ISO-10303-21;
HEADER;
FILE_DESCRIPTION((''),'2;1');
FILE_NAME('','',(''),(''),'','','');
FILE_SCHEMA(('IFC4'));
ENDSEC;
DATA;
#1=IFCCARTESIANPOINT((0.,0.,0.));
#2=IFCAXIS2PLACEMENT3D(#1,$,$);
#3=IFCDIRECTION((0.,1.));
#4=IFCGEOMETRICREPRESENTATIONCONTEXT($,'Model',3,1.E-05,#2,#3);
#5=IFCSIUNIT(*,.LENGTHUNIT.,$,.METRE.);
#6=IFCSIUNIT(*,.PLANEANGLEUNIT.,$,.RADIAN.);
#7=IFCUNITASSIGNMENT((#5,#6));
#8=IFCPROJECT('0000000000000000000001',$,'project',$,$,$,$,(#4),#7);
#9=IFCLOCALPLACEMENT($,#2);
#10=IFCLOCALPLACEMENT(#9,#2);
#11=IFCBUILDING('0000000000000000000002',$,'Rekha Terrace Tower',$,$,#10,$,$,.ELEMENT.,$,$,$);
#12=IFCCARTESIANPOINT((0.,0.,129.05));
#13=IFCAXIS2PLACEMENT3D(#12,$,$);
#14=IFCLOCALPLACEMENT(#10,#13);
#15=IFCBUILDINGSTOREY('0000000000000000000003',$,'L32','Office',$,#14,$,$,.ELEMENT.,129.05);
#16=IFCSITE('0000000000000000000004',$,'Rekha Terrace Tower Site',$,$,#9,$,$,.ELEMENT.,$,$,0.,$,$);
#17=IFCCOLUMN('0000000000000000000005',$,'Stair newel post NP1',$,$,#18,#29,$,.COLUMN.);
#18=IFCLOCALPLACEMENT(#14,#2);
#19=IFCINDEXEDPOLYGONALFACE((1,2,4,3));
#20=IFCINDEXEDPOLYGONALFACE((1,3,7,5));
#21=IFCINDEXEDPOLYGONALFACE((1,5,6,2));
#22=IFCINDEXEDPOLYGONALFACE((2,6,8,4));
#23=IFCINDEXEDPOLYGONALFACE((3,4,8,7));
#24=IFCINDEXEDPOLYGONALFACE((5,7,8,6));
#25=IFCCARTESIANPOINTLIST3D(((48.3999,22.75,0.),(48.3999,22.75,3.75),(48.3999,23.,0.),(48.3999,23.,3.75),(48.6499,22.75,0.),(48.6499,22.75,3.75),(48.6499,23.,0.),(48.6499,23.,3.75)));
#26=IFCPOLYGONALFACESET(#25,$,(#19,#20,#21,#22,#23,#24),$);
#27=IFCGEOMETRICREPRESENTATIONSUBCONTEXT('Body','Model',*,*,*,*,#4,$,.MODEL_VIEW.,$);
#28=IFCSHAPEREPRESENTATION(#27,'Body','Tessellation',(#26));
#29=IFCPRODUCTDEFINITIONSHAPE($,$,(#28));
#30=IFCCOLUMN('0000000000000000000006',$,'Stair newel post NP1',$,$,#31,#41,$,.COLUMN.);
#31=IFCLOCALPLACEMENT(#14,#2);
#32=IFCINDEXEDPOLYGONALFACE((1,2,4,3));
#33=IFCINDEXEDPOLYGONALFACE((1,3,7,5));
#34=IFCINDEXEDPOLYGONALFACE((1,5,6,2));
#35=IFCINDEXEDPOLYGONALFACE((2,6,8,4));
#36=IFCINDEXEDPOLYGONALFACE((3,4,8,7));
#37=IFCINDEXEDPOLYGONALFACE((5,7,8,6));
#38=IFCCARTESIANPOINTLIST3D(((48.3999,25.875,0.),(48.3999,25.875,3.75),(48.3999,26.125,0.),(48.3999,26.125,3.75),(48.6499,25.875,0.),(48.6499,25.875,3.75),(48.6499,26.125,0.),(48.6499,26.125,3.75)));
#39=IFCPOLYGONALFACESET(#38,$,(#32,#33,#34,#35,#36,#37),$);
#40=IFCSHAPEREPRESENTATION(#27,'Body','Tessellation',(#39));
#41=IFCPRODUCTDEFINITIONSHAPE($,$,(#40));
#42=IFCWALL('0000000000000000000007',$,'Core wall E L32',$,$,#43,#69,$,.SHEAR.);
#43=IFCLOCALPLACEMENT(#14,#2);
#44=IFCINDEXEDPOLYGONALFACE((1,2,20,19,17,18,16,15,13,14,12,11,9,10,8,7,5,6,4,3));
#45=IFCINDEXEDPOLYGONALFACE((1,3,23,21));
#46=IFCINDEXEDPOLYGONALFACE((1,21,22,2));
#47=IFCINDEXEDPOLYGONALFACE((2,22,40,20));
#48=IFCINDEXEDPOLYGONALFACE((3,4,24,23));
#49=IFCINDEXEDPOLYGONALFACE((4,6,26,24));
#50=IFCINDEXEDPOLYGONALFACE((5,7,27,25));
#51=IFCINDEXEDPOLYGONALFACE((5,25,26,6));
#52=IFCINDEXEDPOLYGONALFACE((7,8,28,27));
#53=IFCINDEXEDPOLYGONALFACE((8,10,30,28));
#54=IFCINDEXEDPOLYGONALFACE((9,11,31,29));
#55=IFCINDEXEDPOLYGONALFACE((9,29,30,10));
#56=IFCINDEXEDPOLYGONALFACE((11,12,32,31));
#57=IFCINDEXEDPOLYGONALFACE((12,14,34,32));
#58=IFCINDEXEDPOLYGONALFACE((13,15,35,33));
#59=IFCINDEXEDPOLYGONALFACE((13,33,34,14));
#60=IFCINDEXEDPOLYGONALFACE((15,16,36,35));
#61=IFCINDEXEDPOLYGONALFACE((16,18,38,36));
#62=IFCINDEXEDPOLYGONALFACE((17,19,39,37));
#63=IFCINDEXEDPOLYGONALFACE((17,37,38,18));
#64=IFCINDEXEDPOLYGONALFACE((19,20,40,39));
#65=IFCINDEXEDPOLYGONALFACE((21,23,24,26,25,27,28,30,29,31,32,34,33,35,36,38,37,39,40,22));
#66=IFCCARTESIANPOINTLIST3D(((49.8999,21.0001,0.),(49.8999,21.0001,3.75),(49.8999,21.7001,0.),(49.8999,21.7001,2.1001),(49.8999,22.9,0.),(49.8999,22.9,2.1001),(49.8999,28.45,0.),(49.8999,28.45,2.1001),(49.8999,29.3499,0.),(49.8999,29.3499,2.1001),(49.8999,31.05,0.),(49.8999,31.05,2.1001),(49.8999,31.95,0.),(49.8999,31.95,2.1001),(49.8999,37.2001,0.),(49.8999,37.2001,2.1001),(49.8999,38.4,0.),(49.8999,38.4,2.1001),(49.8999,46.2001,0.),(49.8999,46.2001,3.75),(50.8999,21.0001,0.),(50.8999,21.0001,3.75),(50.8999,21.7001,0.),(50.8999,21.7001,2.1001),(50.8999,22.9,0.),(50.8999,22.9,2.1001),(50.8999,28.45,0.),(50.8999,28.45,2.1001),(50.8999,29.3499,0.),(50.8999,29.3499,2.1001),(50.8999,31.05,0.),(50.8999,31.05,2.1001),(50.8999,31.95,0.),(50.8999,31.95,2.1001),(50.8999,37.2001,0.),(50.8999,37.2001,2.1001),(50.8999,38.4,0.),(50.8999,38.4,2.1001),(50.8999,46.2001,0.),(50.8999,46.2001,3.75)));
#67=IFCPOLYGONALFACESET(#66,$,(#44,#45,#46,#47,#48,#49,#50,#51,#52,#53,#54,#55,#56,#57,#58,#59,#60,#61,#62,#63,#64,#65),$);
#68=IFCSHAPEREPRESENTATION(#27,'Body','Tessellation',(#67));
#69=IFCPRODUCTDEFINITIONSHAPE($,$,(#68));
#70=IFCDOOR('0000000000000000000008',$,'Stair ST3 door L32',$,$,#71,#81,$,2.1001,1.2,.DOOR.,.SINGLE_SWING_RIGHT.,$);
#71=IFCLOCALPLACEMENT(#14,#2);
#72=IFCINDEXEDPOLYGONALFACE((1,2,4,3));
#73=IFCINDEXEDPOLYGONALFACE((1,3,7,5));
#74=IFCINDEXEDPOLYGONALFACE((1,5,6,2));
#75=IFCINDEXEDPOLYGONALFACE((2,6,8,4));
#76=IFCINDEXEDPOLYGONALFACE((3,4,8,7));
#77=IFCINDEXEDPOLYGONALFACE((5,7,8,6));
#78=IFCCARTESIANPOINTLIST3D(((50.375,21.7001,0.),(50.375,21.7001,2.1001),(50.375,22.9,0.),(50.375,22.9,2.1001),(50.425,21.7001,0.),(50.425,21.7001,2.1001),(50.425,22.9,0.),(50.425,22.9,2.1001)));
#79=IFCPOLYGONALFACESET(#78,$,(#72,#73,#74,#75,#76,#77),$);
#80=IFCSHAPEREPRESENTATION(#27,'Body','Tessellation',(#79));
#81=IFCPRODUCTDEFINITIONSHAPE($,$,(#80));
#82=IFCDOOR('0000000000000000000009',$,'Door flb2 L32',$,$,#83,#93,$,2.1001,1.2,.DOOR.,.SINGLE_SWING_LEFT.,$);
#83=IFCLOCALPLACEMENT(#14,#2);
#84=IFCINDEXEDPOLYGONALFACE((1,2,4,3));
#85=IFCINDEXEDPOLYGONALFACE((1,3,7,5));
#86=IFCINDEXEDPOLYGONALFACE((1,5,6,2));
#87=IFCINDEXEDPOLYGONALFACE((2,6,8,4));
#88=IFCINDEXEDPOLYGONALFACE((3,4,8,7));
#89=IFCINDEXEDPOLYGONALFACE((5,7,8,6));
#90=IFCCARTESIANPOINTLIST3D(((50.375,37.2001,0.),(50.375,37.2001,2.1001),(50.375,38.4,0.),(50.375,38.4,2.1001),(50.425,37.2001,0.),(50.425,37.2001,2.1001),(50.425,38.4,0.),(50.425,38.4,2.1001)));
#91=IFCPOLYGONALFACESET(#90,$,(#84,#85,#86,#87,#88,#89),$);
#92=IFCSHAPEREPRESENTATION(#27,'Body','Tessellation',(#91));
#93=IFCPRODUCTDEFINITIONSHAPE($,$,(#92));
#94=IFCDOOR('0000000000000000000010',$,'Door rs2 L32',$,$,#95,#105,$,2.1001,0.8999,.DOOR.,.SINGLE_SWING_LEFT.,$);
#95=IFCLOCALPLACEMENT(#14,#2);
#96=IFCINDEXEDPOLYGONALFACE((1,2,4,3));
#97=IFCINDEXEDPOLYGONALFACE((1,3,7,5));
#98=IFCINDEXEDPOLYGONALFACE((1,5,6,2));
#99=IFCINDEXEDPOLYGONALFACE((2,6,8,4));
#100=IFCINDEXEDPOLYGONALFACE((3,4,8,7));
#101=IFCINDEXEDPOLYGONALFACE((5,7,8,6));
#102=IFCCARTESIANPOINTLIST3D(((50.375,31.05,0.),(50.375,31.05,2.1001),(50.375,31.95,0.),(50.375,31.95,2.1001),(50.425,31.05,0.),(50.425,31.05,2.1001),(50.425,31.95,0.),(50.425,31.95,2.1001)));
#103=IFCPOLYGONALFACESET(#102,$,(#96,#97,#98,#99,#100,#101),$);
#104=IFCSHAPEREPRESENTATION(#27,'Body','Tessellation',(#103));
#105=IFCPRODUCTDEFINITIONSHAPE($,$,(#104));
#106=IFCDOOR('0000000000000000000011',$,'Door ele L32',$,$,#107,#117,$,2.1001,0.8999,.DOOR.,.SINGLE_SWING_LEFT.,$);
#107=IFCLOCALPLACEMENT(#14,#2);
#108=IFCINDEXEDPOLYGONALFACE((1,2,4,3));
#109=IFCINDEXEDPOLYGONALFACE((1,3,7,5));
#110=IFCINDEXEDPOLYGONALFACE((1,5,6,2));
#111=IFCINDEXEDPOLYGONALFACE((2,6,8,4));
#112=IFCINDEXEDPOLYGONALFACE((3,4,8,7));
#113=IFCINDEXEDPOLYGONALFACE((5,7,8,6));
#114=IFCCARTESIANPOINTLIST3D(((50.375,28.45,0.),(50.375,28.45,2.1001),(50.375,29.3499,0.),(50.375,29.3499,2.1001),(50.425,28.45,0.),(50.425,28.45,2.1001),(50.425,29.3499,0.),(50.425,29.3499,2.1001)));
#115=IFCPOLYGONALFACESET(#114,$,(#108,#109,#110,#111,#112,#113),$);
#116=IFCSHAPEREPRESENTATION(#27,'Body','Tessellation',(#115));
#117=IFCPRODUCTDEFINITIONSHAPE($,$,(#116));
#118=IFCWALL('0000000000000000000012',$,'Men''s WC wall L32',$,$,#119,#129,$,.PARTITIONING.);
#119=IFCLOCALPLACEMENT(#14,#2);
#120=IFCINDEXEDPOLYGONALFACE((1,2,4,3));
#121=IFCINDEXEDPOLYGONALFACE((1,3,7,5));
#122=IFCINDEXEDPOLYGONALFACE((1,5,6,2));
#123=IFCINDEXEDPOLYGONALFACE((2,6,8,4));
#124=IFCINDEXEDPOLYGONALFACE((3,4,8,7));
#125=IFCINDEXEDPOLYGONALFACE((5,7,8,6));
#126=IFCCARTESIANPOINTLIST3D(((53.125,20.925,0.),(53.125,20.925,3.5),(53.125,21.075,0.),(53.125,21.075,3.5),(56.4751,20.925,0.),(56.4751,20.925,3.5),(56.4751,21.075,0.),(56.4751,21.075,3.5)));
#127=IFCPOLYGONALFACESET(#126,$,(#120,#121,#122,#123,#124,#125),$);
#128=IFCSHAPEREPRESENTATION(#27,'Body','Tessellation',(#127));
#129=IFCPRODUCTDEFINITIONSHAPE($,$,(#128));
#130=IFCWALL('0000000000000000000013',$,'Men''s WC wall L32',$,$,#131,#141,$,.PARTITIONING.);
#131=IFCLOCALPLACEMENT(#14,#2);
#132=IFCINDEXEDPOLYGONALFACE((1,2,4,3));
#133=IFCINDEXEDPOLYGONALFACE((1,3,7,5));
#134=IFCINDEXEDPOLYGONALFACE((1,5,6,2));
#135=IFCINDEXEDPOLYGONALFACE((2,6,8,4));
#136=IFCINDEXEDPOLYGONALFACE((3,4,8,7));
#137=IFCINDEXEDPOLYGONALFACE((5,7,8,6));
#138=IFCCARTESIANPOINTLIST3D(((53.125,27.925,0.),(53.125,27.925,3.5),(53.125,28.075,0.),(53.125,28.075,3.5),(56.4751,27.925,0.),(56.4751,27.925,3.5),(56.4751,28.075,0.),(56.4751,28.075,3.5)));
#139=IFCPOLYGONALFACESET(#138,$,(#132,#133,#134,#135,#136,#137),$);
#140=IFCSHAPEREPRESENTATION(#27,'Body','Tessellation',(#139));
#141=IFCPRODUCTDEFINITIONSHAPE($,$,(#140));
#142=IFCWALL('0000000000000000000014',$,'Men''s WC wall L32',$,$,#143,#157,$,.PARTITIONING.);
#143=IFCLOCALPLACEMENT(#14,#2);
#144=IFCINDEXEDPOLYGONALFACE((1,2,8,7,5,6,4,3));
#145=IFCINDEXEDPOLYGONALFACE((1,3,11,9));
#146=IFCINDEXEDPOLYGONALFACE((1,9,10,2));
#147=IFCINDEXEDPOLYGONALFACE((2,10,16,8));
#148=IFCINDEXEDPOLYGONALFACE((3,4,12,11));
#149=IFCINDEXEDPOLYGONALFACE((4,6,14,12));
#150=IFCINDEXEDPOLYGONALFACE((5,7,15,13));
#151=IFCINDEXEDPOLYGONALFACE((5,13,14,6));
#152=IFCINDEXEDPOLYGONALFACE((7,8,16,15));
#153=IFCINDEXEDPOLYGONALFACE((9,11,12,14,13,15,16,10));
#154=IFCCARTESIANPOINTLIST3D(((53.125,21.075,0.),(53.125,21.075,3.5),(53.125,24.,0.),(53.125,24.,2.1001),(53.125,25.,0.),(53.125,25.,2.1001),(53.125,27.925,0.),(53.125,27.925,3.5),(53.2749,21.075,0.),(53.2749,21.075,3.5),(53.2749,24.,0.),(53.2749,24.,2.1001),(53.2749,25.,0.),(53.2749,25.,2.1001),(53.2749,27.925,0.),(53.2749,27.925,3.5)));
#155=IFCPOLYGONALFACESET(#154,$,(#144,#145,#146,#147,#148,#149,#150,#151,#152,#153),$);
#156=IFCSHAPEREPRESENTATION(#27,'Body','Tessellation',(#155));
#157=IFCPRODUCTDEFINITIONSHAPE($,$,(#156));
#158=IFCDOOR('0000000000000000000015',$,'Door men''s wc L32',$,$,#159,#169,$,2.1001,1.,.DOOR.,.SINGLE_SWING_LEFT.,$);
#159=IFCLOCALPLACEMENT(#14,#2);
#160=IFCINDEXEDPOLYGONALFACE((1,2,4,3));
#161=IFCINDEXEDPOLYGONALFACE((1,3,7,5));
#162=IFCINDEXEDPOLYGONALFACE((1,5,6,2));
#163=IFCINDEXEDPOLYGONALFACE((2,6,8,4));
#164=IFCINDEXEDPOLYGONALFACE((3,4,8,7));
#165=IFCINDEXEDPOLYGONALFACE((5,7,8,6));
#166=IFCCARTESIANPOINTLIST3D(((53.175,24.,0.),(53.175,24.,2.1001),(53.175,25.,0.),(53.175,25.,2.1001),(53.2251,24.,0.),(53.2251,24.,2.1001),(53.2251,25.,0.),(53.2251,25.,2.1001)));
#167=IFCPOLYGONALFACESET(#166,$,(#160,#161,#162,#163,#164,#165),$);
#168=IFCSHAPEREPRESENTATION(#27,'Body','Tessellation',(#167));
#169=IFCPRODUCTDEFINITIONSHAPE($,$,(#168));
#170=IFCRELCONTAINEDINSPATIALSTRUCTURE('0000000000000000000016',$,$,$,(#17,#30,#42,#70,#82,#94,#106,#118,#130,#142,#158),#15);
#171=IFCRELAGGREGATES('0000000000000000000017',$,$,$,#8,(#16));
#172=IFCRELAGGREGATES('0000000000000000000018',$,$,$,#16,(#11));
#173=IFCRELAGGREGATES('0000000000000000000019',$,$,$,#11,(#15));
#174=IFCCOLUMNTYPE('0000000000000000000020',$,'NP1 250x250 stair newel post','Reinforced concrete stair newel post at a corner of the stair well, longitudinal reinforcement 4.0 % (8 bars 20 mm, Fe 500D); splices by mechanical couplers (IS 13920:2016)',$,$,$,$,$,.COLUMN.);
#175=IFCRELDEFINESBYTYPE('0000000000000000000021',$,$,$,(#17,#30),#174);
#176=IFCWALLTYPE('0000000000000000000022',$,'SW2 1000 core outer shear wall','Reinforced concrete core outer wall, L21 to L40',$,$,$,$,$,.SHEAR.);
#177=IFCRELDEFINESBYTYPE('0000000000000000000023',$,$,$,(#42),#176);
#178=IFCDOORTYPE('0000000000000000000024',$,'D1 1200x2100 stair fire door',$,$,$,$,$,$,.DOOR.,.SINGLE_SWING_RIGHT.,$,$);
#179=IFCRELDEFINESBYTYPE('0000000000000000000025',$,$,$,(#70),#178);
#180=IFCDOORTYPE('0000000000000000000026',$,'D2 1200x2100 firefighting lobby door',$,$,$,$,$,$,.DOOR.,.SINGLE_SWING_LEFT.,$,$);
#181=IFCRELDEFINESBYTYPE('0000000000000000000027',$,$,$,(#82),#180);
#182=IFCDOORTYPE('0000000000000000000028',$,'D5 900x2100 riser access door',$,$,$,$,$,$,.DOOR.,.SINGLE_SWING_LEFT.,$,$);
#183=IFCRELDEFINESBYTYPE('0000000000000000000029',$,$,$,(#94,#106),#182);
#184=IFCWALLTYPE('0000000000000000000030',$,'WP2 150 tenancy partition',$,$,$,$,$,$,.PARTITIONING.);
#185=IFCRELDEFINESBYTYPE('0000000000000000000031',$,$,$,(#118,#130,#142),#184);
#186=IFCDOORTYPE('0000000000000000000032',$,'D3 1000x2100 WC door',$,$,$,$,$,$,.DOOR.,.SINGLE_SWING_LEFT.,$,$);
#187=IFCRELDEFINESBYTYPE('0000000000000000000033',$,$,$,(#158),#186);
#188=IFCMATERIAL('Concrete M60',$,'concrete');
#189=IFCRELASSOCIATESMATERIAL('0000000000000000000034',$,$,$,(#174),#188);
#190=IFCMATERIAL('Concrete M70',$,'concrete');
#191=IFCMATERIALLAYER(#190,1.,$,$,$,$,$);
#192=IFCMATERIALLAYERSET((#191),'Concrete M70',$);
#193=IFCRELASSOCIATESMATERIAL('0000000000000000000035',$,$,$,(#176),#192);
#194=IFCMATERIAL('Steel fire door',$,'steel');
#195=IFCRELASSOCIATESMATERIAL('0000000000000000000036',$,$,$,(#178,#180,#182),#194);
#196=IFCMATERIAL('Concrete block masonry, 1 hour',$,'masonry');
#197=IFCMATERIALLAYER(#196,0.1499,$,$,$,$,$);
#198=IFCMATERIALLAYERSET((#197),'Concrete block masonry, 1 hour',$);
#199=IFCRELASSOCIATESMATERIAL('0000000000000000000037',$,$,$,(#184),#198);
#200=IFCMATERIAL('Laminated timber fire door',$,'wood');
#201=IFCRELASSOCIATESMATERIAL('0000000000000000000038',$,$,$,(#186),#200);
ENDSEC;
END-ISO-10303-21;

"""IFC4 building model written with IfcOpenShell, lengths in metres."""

from ifc_helpers import new_model, si_unit, direction, frame, frame_2d, origin, origin_2d, place, context, subcontext, project, spatial, rectangle, extrude, material, layer, layer_set, material_profile, profile_set, type_object, element, fill, save


model = new_model("IFC4")

# Units and contexts
model_context = context("Model", 3, precision=1e-05, world=origin(), true_north=direction((0.0, 1.0)))
body_context = subcontext(model_context, "Body", "Model", "MODEL_VIEW")
ifc_project = project(units=[si_unit("LENGTHUNIT", "METRE"), si_unit("PLANEANGLEUNIT", "RADIAN")], contexts=[model_context])

# Site, building, storey
site_placement = place(None, origin())
site = spatial("IfcSite", under=ifc_project, at=site_placement, Name="Rekha Terrace Tower Site", CompositionType="ELEMENT", RefElevation=0.0)
building_placement = place(site_placement, origin())
building = spatial("IfcBuilding", under=site, at=building_placement, Name="Rekha Terrace Tower", CompositionType="ELEMENT")
storey_placement = place(building_placement, frame((0.0, 0.0, 129.05)))
storey = spatial("IfcBuildingStorey", under=building, at=storey_placement, Name="L32", Description="Office", CompositionType="ELEMENT", Elevation=129.05)

# Columns
ifc_material_1 = material(Name="Concrete M60", Category="concrete")
ifc_material_profile = material_profile(ifc_material_1, rectangle(XDim=0.25, YDim=0.25, at=origin_2d()), Name="RC 250x250")
ifc_profile_set = profile_set([ifc_material_profile], Name="Concrete M60")
column_type = type_object("IfcColumnType", Name="NP1 250x250 stair newel post", Description="Reinforced concrete stair newel post at a corner of the stair well, longitudinal reinforcement 4.0 % (8 bars 20 mm, Fe 500D); splices by mechanical couplers (IS 13920:2016)", PredefinedType="COLUMN", material=ifc_profile_set)
for number, where, z_axis, x_axis, name in (
    (1, (48.5249, 22.875, 0.0), (0.0, 0.0, 1.0), (1.0, 0.0, 0.0), "Stair newel post NP1"),
    (2, (48.5249, 26.0, 0.0), (0.0, 0.0, 1.0), (1.0, 0.0, 0.0), "Stair newel post NP1"),
):
    element("IfcColumn", number, at=place(storey_placement, frame(where, z_axis=z_axis, x_axis=x_axis)), inside=storey, type_object=column_type, Name=name, PredefinedType="COLUMN", context=body_context, shape_type="SweptSolid", body=[
        extrude(rectangle(XDim=0.25, YDim=0.25, at=origin_2d()), origin(), (0.0, 0.0, 1.0), 3.75),
    ])

# Wall, openings, doors
ifc_material_2 = material(Name="Concrete M70", Category="concrete")
ifc_layer_1 = layer(ifc_material_2, 1.0)
ifc_layer_set_1 = layer_set([ifc_layer_1], Name="Concrete M70")
wall_type_1 = type_object("IfcWallType", Name="SW2 1000 core outer shear wall", Description="Reinforced concrete core outer wall, L21 to L40", PredefinedType="SHEAR", material=ifc_layer_set_1)
wall_1_placement = place(storey_placement, frame((50.3999, 21.0, 0.0), z_axis=(0.0, 0.0, 1.0), x_axis=(0.0, 1.0, 0.0)))
wall_1 = element("IfcWall", 3, at=wall_1_placement, inside=storey, type_object=wall_type_1, Name="Core wall E L32", PredefinedType="SHEAR", context=body_context, shape_type="SweptSolid", body=[
    extrude(rectangle(XDim=25.2, YDim=1.0, at=frame_2d((12.6001, 0.0))), origin(), (0.0, 0.0, 1.0), 3.75),
])
opening_1_placement = place(wall_1_placement, frame((16.2, 0.0, 0.0)))
opening_1 = element("IfcOpeningElement", 4, at=opening_1_placement, cuts=wall_1, PredefinedType="OPENING", context=body_context, shape_type="SweptSolid", body=[
    extrude(rectangle(XDim=1.2, YDim=2.1001, at=frame_2d((0.6001, 1.05))), frame((0.0, 0.51, 0.0), z_axis=(0.0, -1.0, 0.0), x_axis=(1.0, 0.0, 0.0)), (0.0, 0.0, 1.0), 1.02),
])
opening_2_placement = place(wall_1_placement, frame((10.05, 0.0, 0.0)))
opening_2 = element("IfcOpeningElement", 5, at=opening_2_placement, cuts=wall_1, PredefinedType="OPENING", context=body_context, shape_type="SweptSolid", body=[
    extrude(rectangle(XDim=0.8999, YDim=2.1001, at=frame_2d((0.45, 1.05))), frame((0.0, 0.51, 0.0), z_axis=(0.0, -1.0, 0.0), x_axis=(1.0, 0.0, 0.0)), (0.0, 0.0, 1.0), 1.02),
])
opening_3_placement = place(wall_1_placement, frame((7.45, 0.0, 0.0)))
opening_3 = element("IfcOpeningElement", 6, at=opening_3_placement, cuts=wall_1, PredefinedType="OPENING", context=body_context, shape_type="SweptSolid", body=[
    extrude(rectangle(XDim=0.8999, YDim=2.1001, at=frame_2d((0.45, 1.05))), frame((0.0, 0.51, 0.0), z_axis=(0.0, -1.0, 0.0), x_axis=(1.0, 0.0, 0.0)), (0.0, 0.0, 1.0), 1.02),
])
opening_4_placement = place(wall_1_placement, frame((0.7, 0.0, 0.0)))
opening_4 = element("IfcOpeningElement", 7, at=opening_4_placement, cuts=wall_1, PredefinedType="OPENING", context=body_context, shape_type="SweptSolid", body=[
    extrude(rectangle(XDim=1.2, YDim=2.1001, at=frame_2d((0.6001, 1.05))), frame((0.0, 0.51, 0.0), z_axis=(0.0, -1.0, 0.0), x_axis=(1.0, 0.0, 0.0)), (0.0, 0.0, 1.0), 1.02),
])
ifc_material_3 = material(Name="Steel fire door", Category="steel")
door_type_1 = type_object("IfcDoorType", Name="D1 1200x2100 stair fire door", OperationType="SINGLE_SWING_RIGHT", PredefinedType="DOOR", material=ifc_material_3)
door_1_placement = place(opening_4_placement, origin())
door_1 = element("IfcDoor", 8, at=door_1_placement, inside=storey, type_object=door_type_1, Name="Stair ST3 door L32", OperationType="SINGLE_SWING_RIGHT", OverallHeight=2.1001, OverallWidth=1.2, PredefinedType="DOOR", context=body_context, shape_type="SweptSolid", body=[
    extrude(rectangle(XDim=1.2, YDim=2.1001, at=frame_2d((0.6001, 1.05))), frame((0.0, 0.0249, 0.0), z_axis=(0.0, -1.0, 0.0), x_axis=(1.0, 0.0, 0.0)), (0.0, 0.0, 1.0), 0.05),
])
fill(opening_4, door_1)
door_type_2 = type_object("IfcDoorType", Name="D2 1200x2100 firefighting lobby door", OperationType="SINGLE_SWING_LEFT", PredefinedType="DOOR", material=ifc_material_3)
door_2_placement = place(opening_1_placement, origin())
door_2 = element("IfcDoor", 9, at=door_2_placement, inside=storey, type_object=door_type_2, Name="Door flb2 L32", OperationType="SINGLE_SWING_LEFT", OverallHeight=2.1001, OverallWidth=1.2, PredefinedType="DOOR", context=body_context, shape_type="SweptSolid", body=[
    extrude(rectangle(XDim=1.2, YDim=2.1001, at=frame_2d((0.6001, 1.05))), frame((0.0, 0.0249, 0.0), z_axis=(0.0, -1.0, 0.0), x_axis=(1.0, 0.0, 0.0)), (0.0, 0.0, 1.0), 0.05),
])
fill(opening_1, door_2)
door_type_3 = type_object("IfcDoorType", Name="D5 900x2100 riser access door", OperationType="SINGLE_SWING_LEFT", PredefinedType="DOOR", material=ifc_material_3)
door_3_placement = place(opening_2_placement, origin())
door_3 = element("IfcDoor", 10, at=door_3_placement, inside=storey, type_object=door_type_3, Name="Door rs2 L32", OperationType="SINGLE_SWING_LEFT", OverallHeight=2.1001, OverallWidth=0.8999, PredefinedType="DOOR", context=body_context, shape_type="SweptSolid", body=[
    extrude(rectangle(XDim=0.8999, YDim=2.1001, at=frame_2d((0.45, 1.05))), frame((0.0, 0.0249, 0.0), z_axis=(0.0, -1.0, 0.0), x_axis=(1.0, 0.0, 0.0)), (0.0, 0.0, 1.0), 0.05),
])
fill(opening_2, door_3)
door_4_placement = place(opening_3_placement, origin())
door_4 = element("IfcDoor", 11, at=door_4_placement, inside=storey, type_object=door_type_3, Name="Door ele L32", OperationType="SINGLE_SWING_LEFT", OverallHeight=2.1001, OverallWidth=0.8999, PredefinedType="DOOR", context=body_context, shape_type="SweptSolid", body=[
    extrude(rectangle(XDim=0.8999, YDim=2.1001, at=frame_2d((0.45, 1.05))), frame((0.0, 0.0249, 0.0), z_axis=(0.0, -1.0, 0.0), x_axis=(1.0, 0.0, 0.0)), (0.0, 0.0, 1.0), 0.05),
])
fill(opening_3, door_4)

# Walls
ifc_material_4 = material(Name="Concrete block masonry, 1 hour", Category="masonry")
ifc_layer_2 = layer(ifc_material_4, 0.1499)
ifc_layer_set_2 = layer_set([ifc_layer_2], Name="Concrete block masonry, 1 hour")
wall_type_2 = type_object("IfcWallType", Name="WP2 150 tenancy partition", PredefinedType="PARTITIONING", material=ifc_layer_set_2)
for number, where, z_axis, x_axis, name in (
    (12, (53.125, 21.0, 0.0), (0.0, 0.0, 1.0), (1.0, 0.0, 0.0), "Men's WC wall L32"),
    (13, (53.125, 28.0, 0.0), (0.0, 0.0, 1.0), (1.0, 0.0, 0.0), "Men's WC wall L32"),
):
    element("IfcWall", number, at=place(storey_placement, frame(where, z_axis=z_axis, x_axis=x_axis)), inside=storey, type_object=wall_type_2, Name=name, PredefinedType="PARTITIONING", context=body_context, shape_type="SweptSolid", body=[
        extrude(rectangle(XDim=3.3501, YDim=0.1499, at=frame_2d((1.675, 0.0))), origin(), (0.0, 0.0, 1.0), 3.5),
    ])

# Wall, opening, door
wall_2_placement = place(storey_placement, frame((53.2, 21.075, 0.0), z_axis=(0.0, 0.0, 1.0), x_axis=(0.0, 1.0, 0.0)))
wall_2 = element("IfcWall", 14, at=wall_2_placement, inside=storey, type_object=wall_type_2, Name="Men's WC wall L32", PredefinedType="PARTITIONING", context=body_context, shape_type="SweptSolid", body=[
    extrude(rectangle(XDim=6.8501, YDim=0.1499, at=frame_2d((3.425, 0.0))), origin(), (0.0, 0.0, 1.0), 3.5),
])
opening_5_placement = place(wall_2_placement, frame((2.925, 0.0, 0.0)))
opening_5 = element("IfcOpeningElement", 15, at=opening_5_placement, cuts=wall_2, PredefinedType="OPENING", context=body_context, shape_type="SweptSolid", body=[
    extrude(rectangle(XDim=1.0, YDim=2.1001, at=frame_2d((0.5, 1.05))), frame((0.0, 0.085, 0.0), z_axis=(0.0, -1.0, 0.0), x_axis=(1.0, 0.0, 0.0)), (0.0, 0.0, 1.0), 0.1699),
])
ifc_material_5 = material(Name="Laminated timber fire door", Category="wood")
door_type_4 = type_object("IfcDoorType", Name="D3 1000x2100 WC door", OperationType="SINGLE_SWING_LEFT", PredefinedType="DOOR", material=ifc_material_5)
door_5_placement = place(opening_5_placement, origin())
door_5 = element("IfcDoor", 16, at=door_5_placement, inside=storey, type_object=door_type_4, Name="Door men's wc L32", OperationType="SINGLE_SWING_LEFT", OverallHeight=2.1001, OverallWidth=1.0, PredefinedType="DOOR", context=body_context, shape_type="SweptSolid", body=[
    extrude(rectangle(XDim=1.0, YDim=2.1001, at=frame_2d((0.5, 1.05))), frame((0.0, 0.0249, 0.0), z_axis=(0.0, -1.0, 0.0), x_axis=(1.0, 0.0, 0.0)), (0.0, 0.0, 1.0), 0.05),
])
fill(opening_5, door_5)

save(model, "model.ifc")
